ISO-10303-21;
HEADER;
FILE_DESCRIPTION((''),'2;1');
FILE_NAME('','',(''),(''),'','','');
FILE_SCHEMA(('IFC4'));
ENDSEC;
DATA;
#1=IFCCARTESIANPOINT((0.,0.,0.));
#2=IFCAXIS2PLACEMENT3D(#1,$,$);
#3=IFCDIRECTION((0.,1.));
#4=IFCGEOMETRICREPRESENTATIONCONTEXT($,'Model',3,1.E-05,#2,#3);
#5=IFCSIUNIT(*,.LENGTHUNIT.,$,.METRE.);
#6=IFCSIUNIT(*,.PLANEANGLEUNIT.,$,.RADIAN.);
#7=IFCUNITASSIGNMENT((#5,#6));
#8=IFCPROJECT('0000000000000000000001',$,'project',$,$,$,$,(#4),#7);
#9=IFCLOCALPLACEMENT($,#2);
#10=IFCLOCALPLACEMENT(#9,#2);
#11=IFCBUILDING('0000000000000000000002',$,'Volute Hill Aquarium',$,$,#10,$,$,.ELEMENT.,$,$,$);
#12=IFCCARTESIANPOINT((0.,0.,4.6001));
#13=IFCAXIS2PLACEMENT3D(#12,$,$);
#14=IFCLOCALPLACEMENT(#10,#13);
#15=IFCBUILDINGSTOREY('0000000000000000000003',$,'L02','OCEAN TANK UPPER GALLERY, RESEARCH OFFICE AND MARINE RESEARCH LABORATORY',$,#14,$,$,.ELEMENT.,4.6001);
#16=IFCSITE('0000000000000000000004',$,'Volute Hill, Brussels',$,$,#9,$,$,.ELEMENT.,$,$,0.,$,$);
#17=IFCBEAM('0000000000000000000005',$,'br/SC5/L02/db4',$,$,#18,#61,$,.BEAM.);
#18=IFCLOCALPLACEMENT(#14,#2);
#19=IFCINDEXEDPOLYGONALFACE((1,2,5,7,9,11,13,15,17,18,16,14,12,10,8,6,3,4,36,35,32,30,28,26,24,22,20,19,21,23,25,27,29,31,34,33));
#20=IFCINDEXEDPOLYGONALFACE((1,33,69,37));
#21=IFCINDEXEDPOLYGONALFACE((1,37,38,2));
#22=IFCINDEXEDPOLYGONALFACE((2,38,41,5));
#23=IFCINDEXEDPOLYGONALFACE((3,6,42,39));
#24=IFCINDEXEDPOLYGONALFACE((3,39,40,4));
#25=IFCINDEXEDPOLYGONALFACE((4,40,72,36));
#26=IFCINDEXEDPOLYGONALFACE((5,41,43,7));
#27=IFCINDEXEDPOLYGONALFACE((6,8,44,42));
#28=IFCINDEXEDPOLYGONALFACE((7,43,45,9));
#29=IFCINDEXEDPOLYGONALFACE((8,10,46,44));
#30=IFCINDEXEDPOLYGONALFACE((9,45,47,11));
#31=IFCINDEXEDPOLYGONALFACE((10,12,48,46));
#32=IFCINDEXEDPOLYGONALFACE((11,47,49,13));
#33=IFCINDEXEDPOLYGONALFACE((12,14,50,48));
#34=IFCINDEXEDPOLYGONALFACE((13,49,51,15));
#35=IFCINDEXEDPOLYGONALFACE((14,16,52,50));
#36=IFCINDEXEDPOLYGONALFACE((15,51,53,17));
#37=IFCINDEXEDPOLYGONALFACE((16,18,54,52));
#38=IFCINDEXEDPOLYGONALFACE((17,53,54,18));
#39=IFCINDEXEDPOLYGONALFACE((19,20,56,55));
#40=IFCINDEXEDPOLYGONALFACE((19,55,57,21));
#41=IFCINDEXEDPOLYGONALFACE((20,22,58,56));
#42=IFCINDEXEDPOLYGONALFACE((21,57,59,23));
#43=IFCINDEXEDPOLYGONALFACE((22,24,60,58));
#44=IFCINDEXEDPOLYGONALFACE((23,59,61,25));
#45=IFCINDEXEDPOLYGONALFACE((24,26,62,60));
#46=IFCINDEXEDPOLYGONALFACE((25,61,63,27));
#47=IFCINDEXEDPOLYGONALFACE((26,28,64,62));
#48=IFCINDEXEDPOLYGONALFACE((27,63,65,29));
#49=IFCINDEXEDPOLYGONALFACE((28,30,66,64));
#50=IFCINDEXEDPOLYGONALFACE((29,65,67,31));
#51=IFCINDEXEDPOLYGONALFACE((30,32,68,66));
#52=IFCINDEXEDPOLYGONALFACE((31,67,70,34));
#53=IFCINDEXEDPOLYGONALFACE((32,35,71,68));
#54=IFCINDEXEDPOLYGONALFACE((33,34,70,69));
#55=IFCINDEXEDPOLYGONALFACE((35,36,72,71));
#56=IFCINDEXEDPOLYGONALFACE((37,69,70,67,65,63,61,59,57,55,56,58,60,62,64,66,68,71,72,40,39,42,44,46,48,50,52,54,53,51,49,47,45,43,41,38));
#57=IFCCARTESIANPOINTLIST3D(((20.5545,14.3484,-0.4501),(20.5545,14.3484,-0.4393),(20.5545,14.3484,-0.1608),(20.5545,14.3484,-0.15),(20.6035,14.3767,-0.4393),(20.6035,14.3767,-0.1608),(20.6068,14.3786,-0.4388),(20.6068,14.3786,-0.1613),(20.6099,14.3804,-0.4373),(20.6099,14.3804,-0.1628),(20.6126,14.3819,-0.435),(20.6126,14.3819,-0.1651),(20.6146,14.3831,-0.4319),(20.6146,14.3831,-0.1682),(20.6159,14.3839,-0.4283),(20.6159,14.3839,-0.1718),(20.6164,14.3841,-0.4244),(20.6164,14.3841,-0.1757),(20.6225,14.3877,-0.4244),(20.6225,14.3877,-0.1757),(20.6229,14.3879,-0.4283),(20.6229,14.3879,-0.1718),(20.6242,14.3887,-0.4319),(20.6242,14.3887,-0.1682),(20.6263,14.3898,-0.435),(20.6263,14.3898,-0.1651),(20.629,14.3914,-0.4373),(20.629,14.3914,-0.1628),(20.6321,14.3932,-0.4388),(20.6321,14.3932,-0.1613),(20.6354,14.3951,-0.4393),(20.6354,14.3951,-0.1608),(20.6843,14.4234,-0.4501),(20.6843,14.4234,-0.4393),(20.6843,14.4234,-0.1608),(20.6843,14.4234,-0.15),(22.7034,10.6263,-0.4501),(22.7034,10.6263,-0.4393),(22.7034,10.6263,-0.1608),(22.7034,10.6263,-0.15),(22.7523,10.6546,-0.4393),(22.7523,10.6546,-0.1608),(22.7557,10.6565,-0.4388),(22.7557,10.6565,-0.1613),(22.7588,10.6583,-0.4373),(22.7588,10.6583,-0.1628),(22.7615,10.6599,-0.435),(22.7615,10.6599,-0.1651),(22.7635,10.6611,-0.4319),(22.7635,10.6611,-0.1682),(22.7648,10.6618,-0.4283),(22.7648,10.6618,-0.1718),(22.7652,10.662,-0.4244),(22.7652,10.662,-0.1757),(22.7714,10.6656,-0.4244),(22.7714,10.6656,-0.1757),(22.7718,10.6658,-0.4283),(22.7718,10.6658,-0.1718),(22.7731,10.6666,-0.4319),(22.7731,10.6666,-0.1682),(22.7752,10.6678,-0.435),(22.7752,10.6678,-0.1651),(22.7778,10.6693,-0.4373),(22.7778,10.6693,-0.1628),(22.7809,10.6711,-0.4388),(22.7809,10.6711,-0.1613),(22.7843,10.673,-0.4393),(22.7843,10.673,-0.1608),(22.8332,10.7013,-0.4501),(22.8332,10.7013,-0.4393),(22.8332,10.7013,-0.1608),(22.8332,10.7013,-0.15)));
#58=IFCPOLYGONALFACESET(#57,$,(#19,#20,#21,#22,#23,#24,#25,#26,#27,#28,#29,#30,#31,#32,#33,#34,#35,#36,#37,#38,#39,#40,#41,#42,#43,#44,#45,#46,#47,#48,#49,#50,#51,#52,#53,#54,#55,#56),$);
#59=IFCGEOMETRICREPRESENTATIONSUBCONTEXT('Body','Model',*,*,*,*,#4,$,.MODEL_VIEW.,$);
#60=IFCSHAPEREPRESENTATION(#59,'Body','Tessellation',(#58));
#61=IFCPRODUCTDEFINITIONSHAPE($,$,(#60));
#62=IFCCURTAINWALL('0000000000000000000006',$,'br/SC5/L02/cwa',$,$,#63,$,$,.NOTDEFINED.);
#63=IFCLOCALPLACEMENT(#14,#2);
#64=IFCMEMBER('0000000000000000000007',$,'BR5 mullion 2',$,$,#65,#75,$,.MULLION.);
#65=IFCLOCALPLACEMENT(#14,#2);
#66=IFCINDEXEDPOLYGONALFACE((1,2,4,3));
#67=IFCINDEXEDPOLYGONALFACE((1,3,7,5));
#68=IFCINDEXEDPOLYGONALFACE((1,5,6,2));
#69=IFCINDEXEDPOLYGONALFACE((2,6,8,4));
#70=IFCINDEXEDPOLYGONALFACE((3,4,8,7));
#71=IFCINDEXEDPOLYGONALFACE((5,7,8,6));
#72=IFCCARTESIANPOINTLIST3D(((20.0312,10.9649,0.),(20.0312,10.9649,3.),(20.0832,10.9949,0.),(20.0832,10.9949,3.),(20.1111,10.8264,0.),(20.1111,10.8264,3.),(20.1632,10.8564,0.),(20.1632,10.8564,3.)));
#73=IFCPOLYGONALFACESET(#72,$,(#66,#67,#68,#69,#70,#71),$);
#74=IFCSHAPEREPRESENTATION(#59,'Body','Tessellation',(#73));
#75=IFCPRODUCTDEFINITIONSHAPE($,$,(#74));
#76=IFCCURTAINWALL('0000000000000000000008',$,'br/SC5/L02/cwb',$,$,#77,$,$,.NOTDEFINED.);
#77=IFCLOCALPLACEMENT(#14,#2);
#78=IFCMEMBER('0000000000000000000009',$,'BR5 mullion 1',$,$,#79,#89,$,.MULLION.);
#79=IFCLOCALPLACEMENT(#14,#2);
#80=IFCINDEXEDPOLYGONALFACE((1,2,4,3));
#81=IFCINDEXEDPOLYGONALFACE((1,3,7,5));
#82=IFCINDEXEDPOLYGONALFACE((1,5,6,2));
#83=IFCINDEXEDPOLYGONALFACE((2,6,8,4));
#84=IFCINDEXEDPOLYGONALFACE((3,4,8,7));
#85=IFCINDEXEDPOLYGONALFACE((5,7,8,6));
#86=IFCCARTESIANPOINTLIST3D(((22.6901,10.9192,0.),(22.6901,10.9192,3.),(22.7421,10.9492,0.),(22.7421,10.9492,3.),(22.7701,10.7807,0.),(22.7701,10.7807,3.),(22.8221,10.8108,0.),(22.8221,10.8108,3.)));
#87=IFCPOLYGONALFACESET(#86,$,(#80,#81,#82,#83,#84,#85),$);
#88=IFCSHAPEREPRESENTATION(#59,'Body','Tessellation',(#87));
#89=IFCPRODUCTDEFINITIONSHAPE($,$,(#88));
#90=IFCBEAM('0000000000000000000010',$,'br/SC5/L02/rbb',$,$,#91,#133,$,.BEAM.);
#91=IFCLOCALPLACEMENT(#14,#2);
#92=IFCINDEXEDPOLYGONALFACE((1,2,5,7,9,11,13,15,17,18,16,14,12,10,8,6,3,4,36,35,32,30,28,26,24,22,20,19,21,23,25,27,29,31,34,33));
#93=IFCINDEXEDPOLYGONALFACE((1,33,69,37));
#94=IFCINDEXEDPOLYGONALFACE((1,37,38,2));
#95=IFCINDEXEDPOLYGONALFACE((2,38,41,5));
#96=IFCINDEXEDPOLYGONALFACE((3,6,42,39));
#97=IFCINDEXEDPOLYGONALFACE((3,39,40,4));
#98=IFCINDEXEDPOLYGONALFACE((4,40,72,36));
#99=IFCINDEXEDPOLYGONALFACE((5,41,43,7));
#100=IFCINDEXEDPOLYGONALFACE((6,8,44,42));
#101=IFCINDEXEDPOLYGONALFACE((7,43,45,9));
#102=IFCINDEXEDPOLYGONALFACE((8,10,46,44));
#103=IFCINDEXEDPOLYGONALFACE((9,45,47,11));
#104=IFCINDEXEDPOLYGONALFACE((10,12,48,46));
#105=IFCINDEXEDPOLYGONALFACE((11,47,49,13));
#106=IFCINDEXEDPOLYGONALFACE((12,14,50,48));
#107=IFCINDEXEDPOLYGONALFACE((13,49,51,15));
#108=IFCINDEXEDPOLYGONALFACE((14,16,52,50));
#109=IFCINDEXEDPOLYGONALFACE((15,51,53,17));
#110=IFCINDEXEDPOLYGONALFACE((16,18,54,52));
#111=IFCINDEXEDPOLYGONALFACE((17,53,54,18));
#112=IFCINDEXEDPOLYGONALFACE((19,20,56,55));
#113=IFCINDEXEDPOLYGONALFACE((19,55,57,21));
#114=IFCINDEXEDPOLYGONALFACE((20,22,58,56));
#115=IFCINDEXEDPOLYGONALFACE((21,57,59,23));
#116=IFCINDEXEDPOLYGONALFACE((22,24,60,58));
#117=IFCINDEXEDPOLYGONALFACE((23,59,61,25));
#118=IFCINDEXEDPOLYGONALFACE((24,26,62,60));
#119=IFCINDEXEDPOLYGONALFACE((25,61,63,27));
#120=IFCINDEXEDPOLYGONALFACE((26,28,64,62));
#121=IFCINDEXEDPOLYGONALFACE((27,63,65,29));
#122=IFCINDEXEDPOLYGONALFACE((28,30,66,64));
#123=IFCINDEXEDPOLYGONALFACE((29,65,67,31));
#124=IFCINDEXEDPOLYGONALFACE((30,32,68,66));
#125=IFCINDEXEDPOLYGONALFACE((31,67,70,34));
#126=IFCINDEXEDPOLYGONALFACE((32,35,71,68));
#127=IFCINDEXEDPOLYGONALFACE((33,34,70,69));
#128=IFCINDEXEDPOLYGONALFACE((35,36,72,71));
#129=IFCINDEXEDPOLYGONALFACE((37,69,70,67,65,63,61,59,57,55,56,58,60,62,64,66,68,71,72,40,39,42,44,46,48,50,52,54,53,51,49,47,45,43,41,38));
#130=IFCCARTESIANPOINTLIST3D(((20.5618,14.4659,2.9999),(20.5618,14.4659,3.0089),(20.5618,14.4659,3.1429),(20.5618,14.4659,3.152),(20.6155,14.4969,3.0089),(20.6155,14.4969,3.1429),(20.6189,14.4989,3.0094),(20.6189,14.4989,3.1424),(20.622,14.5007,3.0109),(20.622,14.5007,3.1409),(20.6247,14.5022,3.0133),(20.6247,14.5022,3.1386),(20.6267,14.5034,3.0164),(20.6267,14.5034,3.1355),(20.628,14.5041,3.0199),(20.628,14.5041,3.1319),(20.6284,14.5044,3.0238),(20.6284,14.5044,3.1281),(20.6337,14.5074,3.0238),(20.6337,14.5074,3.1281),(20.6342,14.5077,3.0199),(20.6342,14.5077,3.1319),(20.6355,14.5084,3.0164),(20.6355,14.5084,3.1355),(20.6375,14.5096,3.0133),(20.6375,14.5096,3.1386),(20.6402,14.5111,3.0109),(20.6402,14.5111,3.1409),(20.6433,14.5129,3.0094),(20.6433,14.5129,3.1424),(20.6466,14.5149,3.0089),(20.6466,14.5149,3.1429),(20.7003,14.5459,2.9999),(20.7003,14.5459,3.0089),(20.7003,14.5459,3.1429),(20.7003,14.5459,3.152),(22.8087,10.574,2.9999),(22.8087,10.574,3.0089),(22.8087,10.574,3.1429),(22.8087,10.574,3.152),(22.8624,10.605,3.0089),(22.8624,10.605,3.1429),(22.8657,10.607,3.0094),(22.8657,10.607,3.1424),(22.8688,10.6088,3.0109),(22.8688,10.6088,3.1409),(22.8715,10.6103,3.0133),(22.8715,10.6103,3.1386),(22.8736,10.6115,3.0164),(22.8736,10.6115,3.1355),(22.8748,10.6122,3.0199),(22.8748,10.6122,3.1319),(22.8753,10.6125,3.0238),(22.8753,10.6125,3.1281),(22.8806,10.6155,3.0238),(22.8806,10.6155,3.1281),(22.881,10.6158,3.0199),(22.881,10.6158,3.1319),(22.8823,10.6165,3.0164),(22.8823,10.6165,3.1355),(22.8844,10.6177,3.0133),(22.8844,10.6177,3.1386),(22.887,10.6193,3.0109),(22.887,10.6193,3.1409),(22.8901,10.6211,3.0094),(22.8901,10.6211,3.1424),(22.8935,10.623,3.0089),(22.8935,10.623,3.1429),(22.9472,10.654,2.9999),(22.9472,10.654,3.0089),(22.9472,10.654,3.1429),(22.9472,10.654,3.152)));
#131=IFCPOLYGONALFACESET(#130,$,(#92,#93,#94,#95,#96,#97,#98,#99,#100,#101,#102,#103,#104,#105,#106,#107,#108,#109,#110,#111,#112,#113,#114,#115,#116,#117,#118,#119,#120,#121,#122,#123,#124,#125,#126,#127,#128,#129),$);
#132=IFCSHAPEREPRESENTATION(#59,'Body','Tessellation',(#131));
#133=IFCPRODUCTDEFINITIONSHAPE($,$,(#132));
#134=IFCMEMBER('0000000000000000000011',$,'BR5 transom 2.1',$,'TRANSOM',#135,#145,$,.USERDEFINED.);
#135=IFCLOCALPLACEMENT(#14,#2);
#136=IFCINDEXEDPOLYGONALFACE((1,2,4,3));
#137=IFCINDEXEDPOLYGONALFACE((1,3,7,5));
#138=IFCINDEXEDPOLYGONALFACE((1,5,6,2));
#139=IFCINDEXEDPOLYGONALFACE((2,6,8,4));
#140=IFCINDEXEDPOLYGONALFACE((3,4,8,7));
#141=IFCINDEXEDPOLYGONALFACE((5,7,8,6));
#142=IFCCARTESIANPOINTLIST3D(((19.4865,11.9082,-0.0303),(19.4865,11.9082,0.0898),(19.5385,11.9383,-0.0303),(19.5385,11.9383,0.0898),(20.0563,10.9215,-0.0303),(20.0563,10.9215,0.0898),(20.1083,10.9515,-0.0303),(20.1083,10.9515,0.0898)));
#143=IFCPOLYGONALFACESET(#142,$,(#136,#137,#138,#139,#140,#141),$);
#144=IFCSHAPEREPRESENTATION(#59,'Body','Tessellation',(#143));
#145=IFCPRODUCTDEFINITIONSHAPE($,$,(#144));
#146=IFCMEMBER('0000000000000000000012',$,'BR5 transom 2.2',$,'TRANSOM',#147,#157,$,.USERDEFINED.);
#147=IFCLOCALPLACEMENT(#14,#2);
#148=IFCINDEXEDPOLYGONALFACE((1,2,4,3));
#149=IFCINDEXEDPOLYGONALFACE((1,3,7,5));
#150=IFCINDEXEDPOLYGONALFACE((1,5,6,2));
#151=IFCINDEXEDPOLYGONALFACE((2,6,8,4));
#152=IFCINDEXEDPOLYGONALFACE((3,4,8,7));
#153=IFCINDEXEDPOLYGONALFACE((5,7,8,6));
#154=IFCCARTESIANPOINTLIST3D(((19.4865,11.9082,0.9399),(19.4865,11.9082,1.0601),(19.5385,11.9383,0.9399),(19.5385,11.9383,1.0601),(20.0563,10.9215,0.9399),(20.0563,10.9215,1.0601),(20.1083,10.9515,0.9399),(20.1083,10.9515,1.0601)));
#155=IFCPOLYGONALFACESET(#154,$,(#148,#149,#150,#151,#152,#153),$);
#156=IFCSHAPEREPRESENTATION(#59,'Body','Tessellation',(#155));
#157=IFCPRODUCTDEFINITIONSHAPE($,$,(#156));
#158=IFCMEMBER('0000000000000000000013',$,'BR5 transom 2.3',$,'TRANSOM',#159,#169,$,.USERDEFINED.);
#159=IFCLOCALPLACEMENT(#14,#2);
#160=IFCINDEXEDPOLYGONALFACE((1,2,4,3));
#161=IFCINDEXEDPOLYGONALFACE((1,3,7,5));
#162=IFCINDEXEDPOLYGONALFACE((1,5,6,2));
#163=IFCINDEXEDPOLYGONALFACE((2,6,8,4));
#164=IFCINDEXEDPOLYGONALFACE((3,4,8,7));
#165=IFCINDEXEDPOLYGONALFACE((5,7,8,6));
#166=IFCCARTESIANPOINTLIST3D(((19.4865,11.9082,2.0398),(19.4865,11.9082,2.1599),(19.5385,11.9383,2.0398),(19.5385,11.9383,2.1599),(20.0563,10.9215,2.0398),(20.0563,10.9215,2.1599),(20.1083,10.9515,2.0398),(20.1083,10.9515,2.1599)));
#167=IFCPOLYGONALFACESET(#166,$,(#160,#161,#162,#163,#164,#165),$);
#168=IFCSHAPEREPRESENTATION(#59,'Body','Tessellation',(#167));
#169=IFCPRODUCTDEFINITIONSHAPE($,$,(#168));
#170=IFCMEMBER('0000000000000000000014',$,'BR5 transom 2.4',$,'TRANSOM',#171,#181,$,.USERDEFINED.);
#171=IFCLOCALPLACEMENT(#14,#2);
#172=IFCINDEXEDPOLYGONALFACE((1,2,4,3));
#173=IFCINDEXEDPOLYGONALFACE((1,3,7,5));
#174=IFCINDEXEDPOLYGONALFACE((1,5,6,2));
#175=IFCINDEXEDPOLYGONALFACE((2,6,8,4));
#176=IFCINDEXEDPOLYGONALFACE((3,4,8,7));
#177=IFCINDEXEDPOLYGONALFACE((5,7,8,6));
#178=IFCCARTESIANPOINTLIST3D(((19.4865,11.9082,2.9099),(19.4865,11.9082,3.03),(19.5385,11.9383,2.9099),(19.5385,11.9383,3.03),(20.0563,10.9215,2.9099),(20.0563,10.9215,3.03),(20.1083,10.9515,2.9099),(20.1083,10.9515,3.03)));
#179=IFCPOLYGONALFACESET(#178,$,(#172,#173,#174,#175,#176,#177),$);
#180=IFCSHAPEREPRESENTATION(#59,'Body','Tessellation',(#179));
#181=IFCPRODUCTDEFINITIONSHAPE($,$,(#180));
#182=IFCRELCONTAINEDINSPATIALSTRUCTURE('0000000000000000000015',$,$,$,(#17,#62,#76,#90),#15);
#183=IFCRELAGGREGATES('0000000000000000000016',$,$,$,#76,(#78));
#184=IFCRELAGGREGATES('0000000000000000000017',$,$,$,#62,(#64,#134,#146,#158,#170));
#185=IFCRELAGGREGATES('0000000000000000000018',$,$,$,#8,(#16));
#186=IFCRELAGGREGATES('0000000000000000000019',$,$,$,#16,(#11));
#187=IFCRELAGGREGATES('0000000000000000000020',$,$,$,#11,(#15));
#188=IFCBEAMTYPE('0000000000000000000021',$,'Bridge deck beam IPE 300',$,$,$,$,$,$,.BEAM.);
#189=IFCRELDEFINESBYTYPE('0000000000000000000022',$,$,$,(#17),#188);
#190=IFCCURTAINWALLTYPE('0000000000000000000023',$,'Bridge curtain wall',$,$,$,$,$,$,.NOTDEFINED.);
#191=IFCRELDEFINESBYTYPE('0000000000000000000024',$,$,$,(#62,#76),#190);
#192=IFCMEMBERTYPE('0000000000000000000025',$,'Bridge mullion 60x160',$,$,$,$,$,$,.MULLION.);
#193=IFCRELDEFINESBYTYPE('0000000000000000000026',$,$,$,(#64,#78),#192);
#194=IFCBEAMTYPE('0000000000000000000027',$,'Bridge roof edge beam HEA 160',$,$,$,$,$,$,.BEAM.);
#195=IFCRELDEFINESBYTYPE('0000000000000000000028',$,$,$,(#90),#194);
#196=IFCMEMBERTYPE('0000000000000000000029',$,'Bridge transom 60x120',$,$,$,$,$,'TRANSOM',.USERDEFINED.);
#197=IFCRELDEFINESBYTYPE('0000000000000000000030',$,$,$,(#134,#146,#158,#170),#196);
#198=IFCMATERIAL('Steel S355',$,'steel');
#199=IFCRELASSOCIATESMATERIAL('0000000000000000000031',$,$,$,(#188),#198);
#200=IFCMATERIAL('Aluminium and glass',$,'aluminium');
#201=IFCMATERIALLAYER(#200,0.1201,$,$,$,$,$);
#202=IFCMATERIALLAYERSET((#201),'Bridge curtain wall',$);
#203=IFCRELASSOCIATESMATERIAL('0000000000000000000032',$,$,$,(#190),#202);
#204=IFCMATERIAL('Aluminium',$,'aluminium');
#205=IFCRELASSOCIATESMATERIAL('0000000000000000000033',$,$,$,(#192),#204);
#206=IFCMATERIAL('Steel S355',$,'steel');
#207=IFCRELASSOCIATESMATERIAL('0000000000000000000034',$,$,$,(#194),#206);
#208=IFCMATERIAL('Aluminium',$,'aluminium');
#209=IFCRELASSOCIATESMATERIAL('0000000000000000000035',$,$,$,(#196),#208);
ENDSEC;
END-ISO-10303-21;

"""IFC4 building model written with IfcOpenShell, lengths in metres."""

from ifc_helpers import new_model, si_unit, direction, frame, origin, origin_2d, place, context, subcontext, project, spatial, rectangle, i_section, extrude, material, layer, layer_set, material_profile, profile_set, type_object, element, aggregate, save


model = new_model("IFC4")

# Units and contexts
model_context = context("Model", 3, precision=1e-05, world=origin(), true_north=direction((0.0, 1.0)))
body_context = subcontext(model_context, "Body", "Model", "MODEL_VIEW")
ifc_project = project(units=[si_unit("LENGTHUNIT", "METRE"), si_unit("PLANEANGLEUNIT", "RADIAN")], contexts=[model_context])

# Site, building, storey
site_placement = place(None, origin())
site = spatial("IfcSite", under=ifc_project, at=site_placement, Name="Volute Hill, Brussels", CompositionType="ELEMENT", RefElevation=0.0)
building_placement = place(site_placement, origin())
building = spatial("IfcBuilding", under=site, at=building_placement, Name="Volute Hill Aquarium", CompositionType="ELEMENT")
storey_placement = place(building_placement, frame((0.0, 0.0, 4.6001)))
storey = spatial("IfcBuildingStorey", under=building, at=storey_placement, Name="L02", Description="OCEAN TANK UPPER GALLERY, RESEARCH OFFICE AND MARINE RESEARCH LABORATORY", CompositionType="ELEMENT", Elevation=4.6001)

# Beam
ifc_material_1 = material(Name="Steel S355", Category="steel")
ifc_material_profile_1 = material_profile(ifc_material_1, i_section(OverallWidth=0.1499, OverallDepth=0.3, WebThickness=0.0071, FlangeThickness=0.0107, FilletRadius=0.0149, at=origin_2d()), Name="IPE 300")
ifc_profile_set_1 = profile_set([ifc_material_profile_1], Name="Steel S355")
beam_type_1 = type_object("IfcBeamType", Name="Bridge deck beam IPE 300", PredefinedType="BEAM", material=ifc_profile_set_1)
beam_1_placement = place(storey_placement, frame((22.7683, 10.6638, -0.3), z_axis=(-0.499988, 0.866032, 0.0), x_axis=(-0.866032, -0.499988, 0.0)))
element("IfcBeam", 1, at=beam_1_placement, inside=storey, type_object=beam_type_1, Name="br/SC5/L02/db4", PredefinedType="BEAM", context=body_context, shape_type="SweptSolid", body=[
    extrude(i_section(OverallWidth=0.1499, OverallDepth=0.3, WebThickness=0.0071, FlangeThickness=0.0107, FilletRadius=0.0149, at=origin_2d()), origin(), (0.0, 0.0, 1.0), 4.2979),
])

# Curtain walls, members
ifc_material_2 = material(Name="Aluminium and glass", Category="aluminium")
ifc_layer_1 = layer(ifc_material_2, 0.1201)
ifc_layer_set_1 = layer_set([ifc_layer_1], Name="Bridge curtain wall")
curtain_wall_type = type_object("IfcCurtainWallType", Name="Bridge curtain wall", PredefinedType="NOTDEFINED", material=ifc_layer_set_1)
curtain_wall_1_placement = place(storey_placement, origin())
curtain_wall_1 = element("IfcCurtainWall", 2, at=curtain_wall_1_placement, inside=storey, type_object=curtain_wall_type, Name="br/SC5/L02/cwa", PredefinedType="NOTDEFINED")
ifc_material_3 = material(Name="Aluminium", Category="aluminium")
ifc_material_profile_2 = material_profile(ifc_material_3, rectangle(XDim=0.0601, YDim=0.1599, at=origin_2d()), Name="Aluminium mullion 60x160")
ifc_profile_set_2 = profile_set([ifc_material_profile_2], Name="Aluminium")
member_type_1 = type_object("IfcMemberType", Name="Bridge mullion 60x160", PredefinedType="MULLION", material=ifc_profile_set_2)
member_1_placement = place(storey_placement, frame((20.0972, 10.9106, 0.0), z_axis=(0.0, 0.0, 1.0), x_axis=(-0.86602, -0.50001, 0.0)))
member_1 = element("IfcMember", 3, at=member_1_placement, type_object=member_type_1, Name="BR5 mullion 2", PredefinedType="MULLION", context=body_context, shape_type="SweptSolid", body=[
    extrude(rectangle(XDim=0.0601, YDim=0.1599, at=origin_2d()), origin(), (0.0, 0.0, 1.0), 3.0),
])
curtain_wall_2_placement = place(storey_placement, origin())
curtain_wall_2 = element("IfcCurtainWall", 4, at=curtain_wall_2_placement, inside=storey, type_object=curtain_wall_type, Name="br/SC5/L02/cwb", PredefinedType="NOTDEFINED")
member_2_placement = place(storey_placement, frame((22.7561, 10.865, 0.0), z_axis=(0.0, 0.0, 1.0), x_axis=(-0.866022, -0.500005, 0.0)))
member_2 = element("IfcMember", 5, at=member_2_placement, type_object=member_type_1, Name="BR5 mullion 1", PredefinedType="MULLION", context=body_context, shape_type="SweptSolid", body=[
    extrude(rectangle(XDim=0.0601, YDim=0.1599, at=origin_2d()), origin(), (0.0, 0.0, 1.0), 3.0),
])

# Beam
ifc_material_4 = material(Name="Steel S355", Category="steel")
ifc_material_profile_3 = material_profile(ifc_material_4, i_section(OverallWidth=0.1599, OverallDepth=0.1521, WebThickness=0.0061, FlangeThickness=0.009, FilletRadius=0.0149, at=origin_2d()), Name="HEA 160")
ifc_profile_set_3 = profile_set([ifc_material_profile_3], Name="Steel S355")
beam_type_2 = type_object("IfcBeamType", Name="Bridge roof edge beam HEA 160", PredefinedType="BEAM", material=ifc_profile_set_3)
beam_2_placement = place(storey_placement, frame((22.8779, 10.614, 3.0759), z_axis=(-0.499978, 0.866038, 0.0), x_axis=(-0.866038, -0.499978, 0.0)))
element("IfcBeam", 6, at=beam_2_placement, inside=storey, type_object=beam_type_2, Name="br/SC5/L02/rbb", PredefinedType="BEAM", context=body_context, shape_type="SweptSolid", body=[
    extrude(i_section(OverallWidth=0.1599, OverallDepth=0.1521, WebThickness=0.0061, FlangeThickness=0.009, FilletRadius=0.0149, at=origin_2d()), origin(), (0.0, 0.0, 1.0), 4.4939),
])

# Members
ifc_material_5 = material(Name="Aluminium", Category="aluminium")
ifc_material_profile_4 = material_profile(ifc_material_5, rectangle(XDim=0.0601, YDim=0.1201, at=origin_2d()), Name="Aluminium transom 60x120")
ifc_profile_set_4 = profile_set([ifc_material_profile_4], Name="Aluminium")
member_type_2 = type_object("IfcMemberType", Name="Bridge transom 60x120", ElementType="TRANSOM", PredefinedType="USERDEFINED", material=ifc_profile_set_4)
member_3_placement = place(storey_placement, frame((20.0823, 10.9365, 0.0298), z_axis=(-0.500056, 0.865993, 0.0), x_axis=(-0.865993, -0.500056, 0.0)))
member_3 = element("IfcMember", 7, at=member_3_placement, type_object=member_type_2, Name="BR5 transom 2.1", ObjectType="TRANSOM", PredefinedType="USERDEFINED", context=body_context, shape_type="SweptSolid", body=[
    extrude(rectangle(XDim=0.0601, YDim=0.1201, at=origin_2d()), origin(), (0.0, 0.0, 1.0), 1.1394),
])
member_4_placement = place(storey_placement, frame((20.0823, 10.9365, 1.0), z_axis=(-0.500056, 0.865993, 0.0), x_axis=(-0.865993, -0.500056, 0.0)))
member_4 = element("IfcMember", 8, at=member_4_placement, type_object=member_type_2, Name="BR5 transom 2.2", ObjectType="TRANSOM", PredefinedType="USERDEFINED", context=body_context, shape_type="SweptSolid", body=[
    extrude(rectangle(XDim=0.0601, YDim=0.1201, at=origin_2d()), origin(), (0.0, 0.0, 1.0), 1.1394),
])
member_5_placement = place(storey_placement, frame((20.0823, 10.9365, 2.0999), z_axis=(-0.500056, 0.865993, 0.0), x_axis=(-0.865993, -0.500056, 0.0)))
member_5 = element("IfcMember", 9, at=member_5_placement, type_object=member_type_2, Name="BR5 transom 2.3", ObjectType="TRANSOM", PredefinedType="USERDEFINED", context=body_context, shape_type="SweptSolid", body=[
    extrude(rectangle(XDim=0.0601, YDim=0.1201, at=origin_2d()), origin(), (0.0, 0.0, 1.0), 1.1394),
])
member_6_placement = place(storey_placement, frame((20.0823, 10.9365, 2.97), z_axis=(-0.500056, 0.865993, 0.0), x_axis=(-0.865993, -0.500056, 0.0)))
member_6 = element("IfcMember", 10, at=member_6_placement, type_object=member_type_2, Name="BR5 transom 2.4", ObjectType="TRANSOM", PredefinedType="USERDEFINED", context=body_context, shape_type="SweptSolid", body=[
    extrude(rectangle(XDim=0.0601, YDim=0.1201, at=origin_2d()), origin(), (0.0, 0.0, 1.0), 1.1394),
])
aggregate(curtain_wall_2, [member_2])

aggregate(curtain_wall_1, [member_1, member_3, member_4, member_5, member_6])

save(model, "model.ifc")
